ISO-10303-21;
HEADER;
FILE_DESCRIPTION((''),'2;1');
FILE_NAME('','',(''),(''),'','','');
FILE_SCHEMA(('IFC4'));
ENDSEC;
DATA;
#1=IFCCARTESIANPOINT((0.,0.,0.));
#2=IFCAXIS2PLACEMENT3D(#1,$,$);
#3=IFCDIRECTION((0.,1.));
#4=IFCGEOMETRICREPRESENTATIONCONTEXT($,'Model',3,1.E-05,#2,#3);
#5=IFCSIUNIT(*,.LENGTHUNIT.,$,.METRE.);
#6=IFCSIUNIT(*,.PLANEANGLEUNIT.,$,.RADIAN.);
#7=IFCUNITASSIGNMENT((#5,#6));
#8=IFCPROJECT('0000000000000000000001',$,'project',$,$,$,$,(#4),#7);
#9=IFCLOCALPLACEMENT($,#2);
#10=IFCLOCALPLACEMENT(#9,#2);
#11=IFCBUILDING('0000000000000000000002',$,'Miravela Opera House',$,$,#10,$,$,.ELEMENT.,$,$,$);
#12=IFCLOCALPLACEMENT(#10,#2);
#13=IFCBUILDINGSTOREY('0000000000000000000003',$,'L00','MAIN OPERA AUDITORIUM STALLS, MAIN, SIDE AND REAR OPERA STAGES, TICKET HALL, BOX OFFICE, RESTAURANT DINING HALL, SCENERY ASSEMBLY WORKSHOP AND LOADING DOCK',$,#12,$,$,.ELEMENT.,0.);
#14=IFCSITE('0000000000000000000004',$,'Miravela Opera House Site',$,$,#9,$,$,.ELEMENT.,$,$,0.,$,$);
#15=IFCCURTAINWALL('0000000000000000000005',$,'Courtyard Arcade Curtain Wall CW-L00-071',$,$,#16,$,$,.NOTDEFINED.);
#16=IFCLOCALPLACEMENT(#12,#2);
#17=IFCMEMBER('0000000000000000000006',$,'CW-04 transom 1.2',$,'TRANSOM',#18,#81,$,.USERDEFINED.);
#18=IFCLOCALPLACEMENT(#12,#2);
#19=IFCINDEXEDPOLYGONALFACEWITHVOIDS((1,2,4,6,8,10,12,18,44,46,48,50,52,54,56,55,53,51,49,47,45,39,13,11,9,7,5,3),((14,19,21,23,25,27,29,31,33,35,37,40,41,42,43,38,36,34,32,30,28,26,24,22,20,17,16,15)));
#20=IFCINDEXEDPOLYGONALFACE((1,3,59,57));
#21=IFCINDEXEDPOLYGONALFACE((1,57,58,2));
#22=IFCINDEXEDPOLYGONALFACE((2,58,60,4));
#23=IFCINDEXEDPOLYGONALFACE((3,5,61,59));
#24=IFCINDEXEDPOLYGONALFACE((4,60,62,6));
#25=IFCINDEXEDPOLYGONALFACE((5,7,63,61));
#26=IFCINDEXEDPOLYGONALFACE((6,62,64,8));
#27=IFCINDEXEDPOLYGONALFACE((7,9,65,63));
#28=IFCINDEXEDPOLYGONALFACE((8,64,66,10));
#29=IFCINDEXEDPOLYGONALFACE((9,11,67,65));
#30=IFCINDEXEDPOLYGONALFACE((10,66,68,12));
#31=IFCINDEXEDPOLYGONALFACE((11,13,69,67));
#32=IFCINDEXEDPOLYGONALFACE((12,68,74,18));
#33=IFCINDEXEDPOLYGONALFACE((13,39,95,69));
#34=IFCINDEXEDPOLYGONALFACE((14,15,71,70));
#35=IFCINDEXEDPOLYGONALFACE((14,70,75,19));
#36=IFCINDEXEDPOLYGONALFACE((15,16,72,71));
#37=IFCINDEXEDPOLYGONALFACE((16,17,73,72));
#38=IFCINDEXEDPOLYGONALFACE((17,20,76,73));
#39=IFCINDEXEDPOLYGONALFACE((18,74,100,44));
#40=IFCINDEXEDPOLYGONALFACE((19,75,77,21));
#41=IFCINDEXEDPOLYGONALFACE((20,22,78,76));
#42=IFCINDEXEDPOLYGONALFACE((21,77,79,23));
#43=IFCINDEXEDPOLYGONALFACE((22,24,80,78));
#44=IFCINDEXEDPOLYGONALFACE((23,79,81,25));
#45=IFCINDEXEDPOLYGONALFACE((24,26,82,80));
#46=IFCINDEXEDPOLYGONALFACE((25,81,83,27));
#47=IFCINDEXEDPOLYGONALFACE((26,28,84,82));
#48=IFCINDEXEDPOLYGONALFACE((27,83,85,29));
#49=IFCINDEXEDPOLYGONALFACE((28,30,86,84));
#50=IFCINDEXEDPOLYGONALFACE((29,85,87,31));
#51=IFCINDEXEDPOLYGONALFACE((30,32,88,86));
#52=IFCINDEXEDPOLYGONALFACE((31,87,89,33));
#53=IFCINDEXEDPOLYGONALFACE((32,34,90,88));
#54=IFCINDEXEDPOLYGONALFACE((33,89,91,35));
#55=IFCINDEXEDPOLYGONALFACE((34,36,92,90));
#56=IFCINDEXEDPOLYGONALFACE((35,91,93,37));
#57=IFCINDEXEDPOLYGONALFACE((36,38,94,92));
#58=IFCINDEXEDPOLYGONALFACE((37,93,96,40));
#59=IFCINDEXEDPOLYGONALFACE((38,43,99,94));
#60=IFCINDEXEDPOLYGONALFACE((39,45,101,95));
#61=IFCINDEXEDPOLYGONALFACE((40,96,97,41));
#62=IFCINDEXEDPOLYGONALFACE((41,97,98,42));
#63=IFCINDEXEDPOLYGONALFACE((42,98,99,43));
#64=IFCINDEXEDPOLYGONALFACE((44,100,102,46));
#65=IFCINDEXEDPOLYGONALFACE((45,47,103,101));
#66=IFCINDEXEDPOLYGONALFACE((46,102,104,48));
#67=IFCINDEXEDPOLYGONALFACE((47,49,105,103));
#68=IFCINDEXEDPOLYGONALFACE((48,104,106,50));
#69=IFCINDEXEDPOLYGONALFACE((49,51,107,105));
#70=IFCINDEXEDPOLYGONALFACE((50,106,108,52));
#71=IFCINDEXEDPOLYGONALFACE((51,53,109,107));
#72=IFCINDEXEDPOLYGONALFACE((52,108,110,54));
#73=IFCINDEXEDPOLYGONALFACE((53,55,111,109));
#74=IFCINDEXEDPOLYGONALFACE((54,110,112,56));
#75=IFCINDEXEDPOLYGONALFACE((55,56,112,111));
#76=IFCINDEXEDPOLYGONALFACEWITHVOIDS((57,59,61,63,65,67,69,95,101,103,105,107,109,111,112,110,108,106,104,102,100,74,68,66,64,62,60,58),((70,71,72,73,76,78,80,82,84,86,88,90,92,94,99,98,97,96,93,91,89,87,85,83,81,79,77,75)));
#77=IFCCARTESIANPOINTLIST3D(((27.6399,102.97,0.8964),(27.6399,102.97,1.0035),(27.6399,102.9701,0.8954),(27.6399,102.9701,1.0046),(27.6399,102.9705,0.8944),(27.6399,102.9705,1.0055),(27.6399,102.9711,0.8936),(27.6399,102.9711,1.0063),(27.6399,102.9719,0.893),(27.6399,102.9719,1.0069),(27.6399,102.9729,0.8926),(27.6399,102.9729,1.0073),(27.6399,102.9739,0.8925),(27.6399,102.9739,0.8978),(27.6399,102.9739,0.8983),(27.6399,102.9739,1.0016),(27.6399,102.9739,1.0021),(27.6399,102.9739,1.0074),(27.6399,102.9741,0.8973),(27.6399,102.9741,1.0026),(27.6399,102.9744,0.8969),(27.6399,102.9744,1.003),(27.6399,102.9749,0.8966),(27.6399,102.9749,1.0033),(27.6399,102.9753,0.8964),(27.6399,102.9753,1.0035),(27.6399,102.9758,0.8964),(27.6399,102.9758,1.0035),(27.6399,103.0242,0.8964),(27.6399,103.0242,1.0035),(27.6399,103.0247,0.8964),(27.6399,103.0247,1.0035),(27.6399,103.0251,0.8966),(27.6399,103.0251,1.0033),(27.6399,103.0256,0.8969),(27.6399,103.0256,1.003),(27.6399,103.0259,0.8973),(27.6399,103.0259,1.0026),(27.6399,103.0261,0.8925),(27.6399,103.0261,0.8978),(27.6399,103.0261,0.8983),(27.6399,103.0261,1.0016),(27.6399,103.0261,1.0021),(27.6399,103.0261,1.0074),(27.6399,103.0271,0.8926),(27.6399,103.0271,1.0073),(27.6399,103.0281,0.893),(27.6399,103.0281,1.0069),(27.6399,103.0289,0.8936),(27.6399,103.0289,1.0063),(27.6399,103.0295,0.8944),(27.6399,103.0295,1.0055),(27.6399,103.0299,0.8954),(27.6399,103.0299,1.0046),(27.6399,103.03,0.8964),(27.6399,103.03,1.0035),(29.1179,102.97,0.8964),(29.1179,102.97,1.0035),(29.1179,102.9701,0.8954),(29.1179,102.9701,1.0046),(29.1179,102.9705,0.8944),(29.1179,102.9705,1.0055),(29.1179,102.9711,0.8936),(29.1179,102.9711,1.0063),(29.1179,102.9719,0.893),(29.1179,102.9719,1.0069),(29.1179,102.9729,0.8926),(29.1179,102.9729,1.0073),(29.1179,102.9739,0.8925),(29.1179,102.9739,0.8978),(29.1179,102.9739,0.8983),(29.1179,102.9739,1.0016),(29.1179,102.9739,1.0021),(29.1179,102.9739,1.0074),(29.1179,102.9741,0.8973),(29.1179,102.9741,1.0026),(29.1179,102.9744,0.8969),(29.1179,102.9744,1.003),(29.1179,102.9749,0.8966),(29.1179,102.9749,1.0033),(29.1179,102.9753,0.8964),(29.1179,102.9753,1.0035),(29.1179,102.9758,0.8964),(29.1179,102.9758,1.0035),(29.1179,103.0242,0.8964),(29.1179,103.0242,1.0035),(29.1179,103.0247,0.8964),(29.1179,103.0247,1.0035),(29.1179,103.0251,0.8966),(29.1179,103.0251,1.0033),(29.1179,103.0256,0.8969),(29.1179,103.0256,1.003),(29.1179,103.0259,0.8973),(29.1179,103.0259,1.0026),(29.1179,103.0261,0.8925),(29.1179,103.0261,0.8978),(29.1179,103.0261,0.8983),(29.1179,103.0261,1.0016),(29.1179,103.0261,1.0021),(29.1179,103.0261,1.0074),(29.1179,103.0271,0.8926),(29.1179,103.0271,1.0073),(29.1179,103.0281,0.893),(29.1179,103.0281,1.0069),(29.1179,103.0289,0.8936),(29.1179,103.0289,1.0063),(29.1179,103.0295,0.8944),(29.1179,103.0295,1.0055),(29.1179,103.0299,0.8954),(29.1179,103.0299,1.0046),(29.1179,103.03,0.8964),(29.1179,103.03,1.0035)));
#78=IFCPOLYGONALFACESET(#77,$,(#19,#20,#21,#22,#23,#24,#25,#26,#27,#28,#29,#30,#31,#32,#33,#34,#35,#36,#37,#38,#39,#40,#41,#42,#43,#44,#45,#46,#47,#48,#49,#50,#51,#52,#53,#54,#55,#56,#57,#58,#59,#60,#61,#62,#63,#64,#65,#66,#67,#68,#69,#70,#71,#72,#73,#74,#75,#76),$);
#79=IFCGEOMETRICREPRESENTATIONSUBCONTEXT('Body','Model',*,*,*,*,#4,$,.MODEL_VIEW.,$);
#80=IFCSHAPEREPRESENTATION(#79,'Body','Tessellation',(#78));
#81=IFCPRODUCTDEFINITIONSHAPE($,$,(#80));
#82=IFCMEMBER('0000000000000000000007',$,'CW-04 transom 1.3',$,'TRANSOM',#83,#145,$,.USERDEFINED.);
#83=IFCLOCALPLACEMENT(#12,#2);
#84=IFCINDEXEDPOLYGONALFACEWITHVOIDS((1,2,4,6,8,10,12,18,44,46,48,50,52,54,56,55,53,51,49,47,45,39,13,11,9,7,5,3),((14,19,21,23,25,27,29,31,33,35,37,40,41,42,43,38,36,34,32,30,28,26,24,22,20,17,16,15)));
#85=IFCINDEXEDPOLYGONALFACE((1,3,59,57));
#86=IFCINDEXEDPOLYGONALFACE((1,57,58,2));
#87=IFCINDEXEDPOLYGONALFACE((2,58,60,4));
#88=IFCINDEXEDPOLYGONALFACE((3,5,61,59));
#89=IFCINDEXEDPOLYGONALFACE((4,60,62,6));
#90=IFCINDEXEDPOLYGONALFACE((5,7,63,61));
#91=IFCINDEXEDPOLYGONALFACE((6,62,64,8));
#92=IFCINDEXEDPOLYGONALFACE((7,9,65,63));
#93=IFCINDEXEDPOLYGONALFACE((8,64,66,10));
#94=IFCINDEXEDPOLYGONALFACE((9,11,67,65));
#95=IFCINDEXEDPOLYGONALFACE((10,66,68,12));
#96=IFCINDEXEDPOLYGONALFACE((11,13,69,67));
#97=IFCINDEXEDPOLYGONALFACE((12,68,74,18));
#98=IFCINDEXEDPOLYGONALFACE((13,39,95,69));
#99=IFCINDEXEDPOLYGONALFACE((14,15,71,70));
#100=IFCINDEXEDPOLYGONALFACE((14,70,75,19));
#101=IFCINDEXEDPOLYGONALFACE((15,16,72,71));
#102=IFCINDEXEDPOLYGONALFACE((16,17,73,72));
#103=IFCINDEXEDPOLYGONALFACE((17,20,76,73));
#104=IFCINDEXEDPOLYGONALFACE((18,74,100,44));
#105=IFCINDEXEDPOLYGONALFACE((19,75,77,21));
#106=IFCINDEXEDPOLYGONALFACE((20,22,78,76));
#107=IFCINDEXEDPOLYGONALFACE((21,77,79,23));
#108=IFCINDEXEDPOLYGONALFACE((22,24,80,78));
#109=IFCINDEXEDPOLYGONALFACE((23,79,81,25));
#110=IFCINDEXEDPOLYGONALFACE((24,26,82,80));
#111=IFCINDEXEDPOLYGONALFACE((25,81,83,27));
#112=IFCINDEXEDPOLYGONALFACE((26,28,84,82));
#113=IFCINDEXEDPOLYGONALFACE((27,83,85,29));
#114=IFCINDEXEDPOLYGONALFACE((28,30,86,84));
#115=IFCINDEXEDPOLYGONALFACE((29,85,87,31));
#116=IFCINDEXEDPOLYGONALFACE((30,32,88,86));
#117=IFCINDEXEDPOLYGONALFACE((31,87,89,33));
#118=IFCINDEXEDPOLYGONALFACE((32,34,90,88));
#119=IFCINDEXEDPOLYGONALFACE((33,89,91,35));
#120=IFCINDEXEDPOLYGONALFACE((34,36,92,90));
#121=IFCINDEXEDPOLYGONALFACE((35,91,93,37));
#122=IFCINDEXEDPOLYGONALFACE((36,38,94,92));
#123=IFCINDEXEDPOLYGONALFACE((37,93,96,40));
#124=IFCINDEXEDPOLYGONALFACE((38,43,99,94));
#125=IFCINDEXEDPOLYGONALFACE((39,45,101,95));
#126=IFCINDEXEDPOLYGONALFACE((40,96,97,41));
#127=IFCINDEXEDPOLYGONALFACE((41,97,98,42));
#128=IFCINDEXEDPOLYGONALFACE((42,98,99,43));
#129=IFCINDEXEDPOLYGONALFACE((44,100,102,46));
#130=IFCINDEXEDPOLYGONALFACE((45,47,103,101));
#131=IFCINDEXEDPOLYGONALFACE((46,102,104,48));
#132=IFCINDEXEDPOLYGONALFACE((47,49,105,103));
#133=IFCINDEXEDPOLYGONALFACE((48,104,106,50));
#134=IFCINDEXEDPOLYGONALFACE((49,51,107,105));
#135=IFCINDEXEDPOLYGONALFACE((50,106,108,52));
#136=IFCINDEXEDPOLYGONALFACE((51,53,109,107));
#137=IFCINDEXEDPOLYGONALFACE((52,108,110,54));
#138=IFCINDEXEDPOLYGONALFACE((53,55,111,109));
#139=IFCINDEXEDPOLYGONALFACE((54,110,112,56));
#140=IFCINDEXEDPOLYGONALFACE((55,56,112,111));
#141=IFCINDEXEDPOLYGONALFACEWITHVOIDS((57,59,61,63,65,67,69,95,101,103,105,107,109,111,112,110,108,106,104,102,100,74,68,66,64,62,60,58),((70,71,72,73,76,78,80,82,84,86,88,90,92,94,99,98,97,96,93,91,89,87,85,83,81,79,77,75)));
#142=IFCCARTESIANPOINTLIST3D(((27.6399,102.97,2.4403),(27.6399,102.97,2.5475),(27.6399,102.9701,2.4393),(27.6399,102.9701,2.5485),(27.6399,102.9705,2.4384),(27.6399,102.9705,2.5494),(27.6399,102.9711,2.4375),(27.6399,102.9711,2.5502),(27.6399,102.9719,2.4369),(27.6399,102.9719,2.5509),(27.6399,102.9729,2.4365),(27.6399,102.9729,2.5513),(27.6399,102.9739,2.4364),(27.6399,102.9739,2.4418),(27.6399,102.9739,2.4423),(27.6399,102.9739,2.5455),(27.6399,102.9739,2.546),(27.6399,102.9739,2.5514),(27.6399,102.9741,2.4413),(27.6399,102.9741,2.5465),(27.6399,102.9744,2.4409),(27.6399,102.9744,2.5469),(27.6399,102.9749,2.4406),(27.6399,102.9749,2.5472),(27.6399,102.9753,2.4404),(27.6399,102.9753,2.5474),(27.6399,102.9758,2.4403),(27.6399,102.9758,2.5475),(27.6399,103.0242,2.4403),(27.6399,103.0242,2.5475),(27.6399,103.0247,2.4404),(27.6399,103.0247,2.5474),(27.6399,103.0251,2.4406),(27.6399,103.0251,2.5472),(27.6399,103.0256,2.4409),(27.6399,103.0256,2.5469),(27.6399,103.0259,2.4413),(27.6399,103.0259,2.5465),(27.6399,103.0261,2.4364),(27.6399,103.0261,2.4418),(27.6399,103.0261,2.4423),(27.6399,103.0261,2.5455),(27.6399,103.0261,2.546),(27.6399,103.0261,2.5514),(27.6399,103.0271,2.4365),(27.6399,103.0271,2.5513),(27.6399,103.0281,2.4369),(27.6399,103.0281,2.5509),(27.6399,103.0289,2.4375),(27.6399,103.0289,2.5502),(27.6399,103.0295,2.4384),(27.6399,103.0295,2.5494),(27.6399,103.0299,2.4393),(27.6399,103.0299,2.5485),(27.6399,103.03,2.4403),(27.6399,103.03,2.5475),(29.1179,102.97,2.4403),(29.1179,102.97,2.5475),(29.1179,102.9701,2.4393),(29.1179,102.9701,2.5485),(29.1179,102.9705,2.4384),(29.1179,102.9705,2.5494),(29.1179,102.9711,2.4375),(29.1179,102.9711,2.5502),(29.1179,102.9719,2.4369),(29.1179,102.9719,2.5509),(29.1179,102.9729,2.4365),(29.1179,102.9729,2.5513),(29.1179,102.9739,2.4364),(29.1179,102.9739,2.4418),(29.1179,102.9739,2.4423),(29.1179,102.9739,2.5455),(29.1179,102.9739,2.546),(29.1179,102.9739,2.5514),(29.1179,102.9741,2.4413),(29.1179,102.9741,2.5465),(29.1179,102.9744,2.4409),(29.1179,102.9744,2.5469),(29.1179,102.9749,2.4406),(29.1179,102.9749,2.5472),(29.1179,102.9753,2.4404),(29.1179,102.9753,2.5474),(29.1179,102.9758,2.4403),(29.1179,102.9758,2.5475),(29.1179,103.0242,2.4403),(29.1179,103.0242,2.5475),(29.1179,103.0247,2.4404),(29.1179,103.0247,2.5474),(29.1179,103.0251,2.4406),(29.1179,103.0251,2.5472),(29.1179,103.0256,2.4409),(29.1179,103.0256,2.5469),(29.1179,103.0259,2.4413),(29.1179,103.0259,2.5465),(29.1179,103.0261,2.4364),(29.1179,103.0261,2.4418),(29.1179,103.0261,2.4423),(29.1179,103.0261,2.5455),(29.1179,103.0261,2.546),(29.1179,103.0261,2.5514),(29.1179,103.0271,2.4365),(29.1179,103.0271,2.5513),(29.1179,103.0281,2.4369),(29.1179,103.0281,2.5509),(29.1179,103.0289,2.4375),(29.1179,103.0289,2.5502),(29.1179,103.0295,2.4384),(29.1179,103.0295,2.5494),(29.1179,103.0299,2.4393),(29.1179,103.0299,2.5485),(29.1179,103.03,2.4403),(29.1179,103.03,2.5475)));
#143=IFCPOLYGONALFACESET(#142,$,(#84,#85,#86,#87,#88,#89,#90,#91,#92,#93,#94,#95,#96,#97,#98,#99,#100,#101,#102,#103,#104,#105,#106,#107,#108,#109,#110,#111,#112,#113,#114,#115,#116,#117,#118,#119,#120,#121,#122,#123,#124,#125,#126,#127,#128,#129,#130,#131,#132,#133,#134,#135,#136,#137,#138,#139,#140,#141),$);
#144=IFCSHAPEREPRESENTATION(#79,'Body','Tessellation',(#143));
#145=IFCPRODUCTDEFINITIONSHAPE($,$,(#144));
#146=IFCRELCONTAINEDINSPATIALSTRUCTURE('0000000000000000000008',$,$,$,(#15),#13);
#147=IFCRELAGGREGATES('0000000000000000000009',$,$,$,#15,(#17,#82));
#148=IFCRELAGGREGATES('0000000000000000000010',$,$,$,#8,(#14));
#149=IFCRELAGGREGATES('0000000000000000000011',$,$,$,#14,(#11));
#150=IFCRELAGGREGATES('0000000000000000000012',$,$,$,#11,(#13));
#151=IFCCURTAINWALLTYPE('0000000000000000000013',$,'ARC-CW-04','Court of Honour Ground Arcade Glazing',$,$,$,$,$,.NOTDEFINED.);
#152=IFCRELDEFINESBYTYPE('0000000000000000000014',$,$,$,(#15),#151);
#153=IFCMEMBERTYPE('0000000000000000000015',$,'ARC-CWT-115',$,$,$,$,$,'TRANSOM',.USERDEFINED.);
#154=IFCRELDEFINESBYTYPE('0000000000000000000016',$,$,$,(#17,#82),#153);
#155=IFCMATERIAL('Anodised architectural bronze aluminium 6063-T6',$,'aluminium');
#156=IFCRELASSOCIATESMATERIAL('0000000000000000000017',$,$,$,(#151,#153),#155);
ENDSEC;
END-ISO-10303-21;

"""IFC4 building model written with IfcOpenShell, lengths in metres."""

from ifc_helpers import new_model, si_unit, direction, frame, origin, origin_2d, place, context, subcontext, project, spatial, hollow_rectangle, extrude, material, material_profile, profile_set, type_object, element, aggregate, save


model = new_model("IFC4")

# Units and contexts
model_context = context("Model", 3, precision=1e-05, world=origin(), true_north=direction((0.0, 1.0)))
body_context = subcontext(model_context, "Body", "Model", "MODEL_VIEW")
ifc_project = project(units=[si_unit("LENGTHUNIT", "METRE"), si_unit("PLANEANGLEUNIT", "RADIAN")], contexts=[model_context])

# Site, building, storey
site_placement = place(None, origin())
site = spatial("IfcSite", under=ifc_project, at=site_placement, Name="Miravela Opera House Site", CompositionType="ELEMENT", RefElevation=0.0)
building_placement = place(site_placement, origin())
building = spatial("IfcBuilding", under=site, at=building_placement, Name="Miravela Opera House", CompositionType="ELEMENT")
storey_placement = place(building_placement, origin())
storey = spatial("IfcBuildingStorey", under=building, at=storey_placement, Name="L00", Description="MAIN OPERA AUDITORIUM STALLS, MAIN, SIDE AND REAR OPERA STAGES, TICKET HALL, BOX OFFICE, RESTAURANT DINING HALL, SCENERY ASSEMBLY WORKSHOP AND LOADING DOCK", CompositionType="ELEMENT", Elevation=0.0)

# Curtain wall
ifc_material_1 = material(Name="Anodised architectural bronze aluminium 6063-T6", Category="aluminium")
curtain_wall_type = type_object("IfcCurtainWallType", Name="ARC-CW-04", Description="Court of Honour Ground Arcade Glazing", PredefinedType="NOTDEFINED", material=ifc_material_1)
curtain_wall_1_placement = place(storey_placement, origin())
curtain_wall_1 = element("IfcCurtainWall", 1, at=curtain_wall_1_placement, inside=storey, type_object=curtain_wall_type, Name="Courtyard Arcade Curtain Wall CW-L00-071", PredefinedType="NOTDEFINED")

# Members
ifc_material_profile_1 = material_profile(ifc_material_1, hollow_rectangle(XDim=0.0601, YDim=0.115, WallThickness=0.0039, InnerFilletRadius=0.002, OuterFilletRadius=0.0039, at=origin_2d()), Name="CWT-60X115")
ifc_profile_set_1 = profile_set([ifc_material_profile_1])
member_type_1 = type_object("IfcMemberType", Name="ARC-CWT-115", ElementType="TRANSOM", PredefinedType="USERDEFINED", material=ifc_profile_set_1)
member_1_placement = place(storey_placement, frame((27.6399, 103.0, 0.95), z_axis=(1.0, 0.0, 0.0), x_axis=(0.0, 1.0, 0.0)))
member_1 = element("IfcMember", 2, at=member_1_placement, type_object=member_type_1, Name="CW-04 transom 1.2", ObjectType="TRANSOM", PredefinedType="USERDEFINED", context=body_context, shape_type="SweptSolid", body=[
    extrude(hollow_rectangle(XDim=0.0601, YDim=0.115, WallThickness=0.0039, InnerFilletRadius=0.002, OuterFilletRadius=0.0039, at=origin_2d()), origin(), (0.0, 0.0, 1.0), 1.478),
])
member_2_placement = place(storey_placement, frame((27.6399, 103.0, 2.4939), z_axis=(1.0, 0.0, 0.0), x_axis=(0.0, 1.0, 0.0)))
member_2 = element("IfcMember", 3, at=member_2_placement, type_object=member_type_1, Name="CW-04 transom 1.3", ObjectType="TRANSOM", PredefinedType="USERDEFINED", context=body_context, shape_type="SweptSolid", body=[
    extrude(hollow_rectangle(XDim=0.0601, YDim=0.115, WallThickness=0.0039, InnerFilletRadius=0.002, OuterFilletRadius=0.0039, at=origin_2d()), origin(), (0.0, 0.0, 1.0), 1.478),
])

aggregate(curtain_wall_1, [member_1, member_2])

save(model, "model.ifc")
